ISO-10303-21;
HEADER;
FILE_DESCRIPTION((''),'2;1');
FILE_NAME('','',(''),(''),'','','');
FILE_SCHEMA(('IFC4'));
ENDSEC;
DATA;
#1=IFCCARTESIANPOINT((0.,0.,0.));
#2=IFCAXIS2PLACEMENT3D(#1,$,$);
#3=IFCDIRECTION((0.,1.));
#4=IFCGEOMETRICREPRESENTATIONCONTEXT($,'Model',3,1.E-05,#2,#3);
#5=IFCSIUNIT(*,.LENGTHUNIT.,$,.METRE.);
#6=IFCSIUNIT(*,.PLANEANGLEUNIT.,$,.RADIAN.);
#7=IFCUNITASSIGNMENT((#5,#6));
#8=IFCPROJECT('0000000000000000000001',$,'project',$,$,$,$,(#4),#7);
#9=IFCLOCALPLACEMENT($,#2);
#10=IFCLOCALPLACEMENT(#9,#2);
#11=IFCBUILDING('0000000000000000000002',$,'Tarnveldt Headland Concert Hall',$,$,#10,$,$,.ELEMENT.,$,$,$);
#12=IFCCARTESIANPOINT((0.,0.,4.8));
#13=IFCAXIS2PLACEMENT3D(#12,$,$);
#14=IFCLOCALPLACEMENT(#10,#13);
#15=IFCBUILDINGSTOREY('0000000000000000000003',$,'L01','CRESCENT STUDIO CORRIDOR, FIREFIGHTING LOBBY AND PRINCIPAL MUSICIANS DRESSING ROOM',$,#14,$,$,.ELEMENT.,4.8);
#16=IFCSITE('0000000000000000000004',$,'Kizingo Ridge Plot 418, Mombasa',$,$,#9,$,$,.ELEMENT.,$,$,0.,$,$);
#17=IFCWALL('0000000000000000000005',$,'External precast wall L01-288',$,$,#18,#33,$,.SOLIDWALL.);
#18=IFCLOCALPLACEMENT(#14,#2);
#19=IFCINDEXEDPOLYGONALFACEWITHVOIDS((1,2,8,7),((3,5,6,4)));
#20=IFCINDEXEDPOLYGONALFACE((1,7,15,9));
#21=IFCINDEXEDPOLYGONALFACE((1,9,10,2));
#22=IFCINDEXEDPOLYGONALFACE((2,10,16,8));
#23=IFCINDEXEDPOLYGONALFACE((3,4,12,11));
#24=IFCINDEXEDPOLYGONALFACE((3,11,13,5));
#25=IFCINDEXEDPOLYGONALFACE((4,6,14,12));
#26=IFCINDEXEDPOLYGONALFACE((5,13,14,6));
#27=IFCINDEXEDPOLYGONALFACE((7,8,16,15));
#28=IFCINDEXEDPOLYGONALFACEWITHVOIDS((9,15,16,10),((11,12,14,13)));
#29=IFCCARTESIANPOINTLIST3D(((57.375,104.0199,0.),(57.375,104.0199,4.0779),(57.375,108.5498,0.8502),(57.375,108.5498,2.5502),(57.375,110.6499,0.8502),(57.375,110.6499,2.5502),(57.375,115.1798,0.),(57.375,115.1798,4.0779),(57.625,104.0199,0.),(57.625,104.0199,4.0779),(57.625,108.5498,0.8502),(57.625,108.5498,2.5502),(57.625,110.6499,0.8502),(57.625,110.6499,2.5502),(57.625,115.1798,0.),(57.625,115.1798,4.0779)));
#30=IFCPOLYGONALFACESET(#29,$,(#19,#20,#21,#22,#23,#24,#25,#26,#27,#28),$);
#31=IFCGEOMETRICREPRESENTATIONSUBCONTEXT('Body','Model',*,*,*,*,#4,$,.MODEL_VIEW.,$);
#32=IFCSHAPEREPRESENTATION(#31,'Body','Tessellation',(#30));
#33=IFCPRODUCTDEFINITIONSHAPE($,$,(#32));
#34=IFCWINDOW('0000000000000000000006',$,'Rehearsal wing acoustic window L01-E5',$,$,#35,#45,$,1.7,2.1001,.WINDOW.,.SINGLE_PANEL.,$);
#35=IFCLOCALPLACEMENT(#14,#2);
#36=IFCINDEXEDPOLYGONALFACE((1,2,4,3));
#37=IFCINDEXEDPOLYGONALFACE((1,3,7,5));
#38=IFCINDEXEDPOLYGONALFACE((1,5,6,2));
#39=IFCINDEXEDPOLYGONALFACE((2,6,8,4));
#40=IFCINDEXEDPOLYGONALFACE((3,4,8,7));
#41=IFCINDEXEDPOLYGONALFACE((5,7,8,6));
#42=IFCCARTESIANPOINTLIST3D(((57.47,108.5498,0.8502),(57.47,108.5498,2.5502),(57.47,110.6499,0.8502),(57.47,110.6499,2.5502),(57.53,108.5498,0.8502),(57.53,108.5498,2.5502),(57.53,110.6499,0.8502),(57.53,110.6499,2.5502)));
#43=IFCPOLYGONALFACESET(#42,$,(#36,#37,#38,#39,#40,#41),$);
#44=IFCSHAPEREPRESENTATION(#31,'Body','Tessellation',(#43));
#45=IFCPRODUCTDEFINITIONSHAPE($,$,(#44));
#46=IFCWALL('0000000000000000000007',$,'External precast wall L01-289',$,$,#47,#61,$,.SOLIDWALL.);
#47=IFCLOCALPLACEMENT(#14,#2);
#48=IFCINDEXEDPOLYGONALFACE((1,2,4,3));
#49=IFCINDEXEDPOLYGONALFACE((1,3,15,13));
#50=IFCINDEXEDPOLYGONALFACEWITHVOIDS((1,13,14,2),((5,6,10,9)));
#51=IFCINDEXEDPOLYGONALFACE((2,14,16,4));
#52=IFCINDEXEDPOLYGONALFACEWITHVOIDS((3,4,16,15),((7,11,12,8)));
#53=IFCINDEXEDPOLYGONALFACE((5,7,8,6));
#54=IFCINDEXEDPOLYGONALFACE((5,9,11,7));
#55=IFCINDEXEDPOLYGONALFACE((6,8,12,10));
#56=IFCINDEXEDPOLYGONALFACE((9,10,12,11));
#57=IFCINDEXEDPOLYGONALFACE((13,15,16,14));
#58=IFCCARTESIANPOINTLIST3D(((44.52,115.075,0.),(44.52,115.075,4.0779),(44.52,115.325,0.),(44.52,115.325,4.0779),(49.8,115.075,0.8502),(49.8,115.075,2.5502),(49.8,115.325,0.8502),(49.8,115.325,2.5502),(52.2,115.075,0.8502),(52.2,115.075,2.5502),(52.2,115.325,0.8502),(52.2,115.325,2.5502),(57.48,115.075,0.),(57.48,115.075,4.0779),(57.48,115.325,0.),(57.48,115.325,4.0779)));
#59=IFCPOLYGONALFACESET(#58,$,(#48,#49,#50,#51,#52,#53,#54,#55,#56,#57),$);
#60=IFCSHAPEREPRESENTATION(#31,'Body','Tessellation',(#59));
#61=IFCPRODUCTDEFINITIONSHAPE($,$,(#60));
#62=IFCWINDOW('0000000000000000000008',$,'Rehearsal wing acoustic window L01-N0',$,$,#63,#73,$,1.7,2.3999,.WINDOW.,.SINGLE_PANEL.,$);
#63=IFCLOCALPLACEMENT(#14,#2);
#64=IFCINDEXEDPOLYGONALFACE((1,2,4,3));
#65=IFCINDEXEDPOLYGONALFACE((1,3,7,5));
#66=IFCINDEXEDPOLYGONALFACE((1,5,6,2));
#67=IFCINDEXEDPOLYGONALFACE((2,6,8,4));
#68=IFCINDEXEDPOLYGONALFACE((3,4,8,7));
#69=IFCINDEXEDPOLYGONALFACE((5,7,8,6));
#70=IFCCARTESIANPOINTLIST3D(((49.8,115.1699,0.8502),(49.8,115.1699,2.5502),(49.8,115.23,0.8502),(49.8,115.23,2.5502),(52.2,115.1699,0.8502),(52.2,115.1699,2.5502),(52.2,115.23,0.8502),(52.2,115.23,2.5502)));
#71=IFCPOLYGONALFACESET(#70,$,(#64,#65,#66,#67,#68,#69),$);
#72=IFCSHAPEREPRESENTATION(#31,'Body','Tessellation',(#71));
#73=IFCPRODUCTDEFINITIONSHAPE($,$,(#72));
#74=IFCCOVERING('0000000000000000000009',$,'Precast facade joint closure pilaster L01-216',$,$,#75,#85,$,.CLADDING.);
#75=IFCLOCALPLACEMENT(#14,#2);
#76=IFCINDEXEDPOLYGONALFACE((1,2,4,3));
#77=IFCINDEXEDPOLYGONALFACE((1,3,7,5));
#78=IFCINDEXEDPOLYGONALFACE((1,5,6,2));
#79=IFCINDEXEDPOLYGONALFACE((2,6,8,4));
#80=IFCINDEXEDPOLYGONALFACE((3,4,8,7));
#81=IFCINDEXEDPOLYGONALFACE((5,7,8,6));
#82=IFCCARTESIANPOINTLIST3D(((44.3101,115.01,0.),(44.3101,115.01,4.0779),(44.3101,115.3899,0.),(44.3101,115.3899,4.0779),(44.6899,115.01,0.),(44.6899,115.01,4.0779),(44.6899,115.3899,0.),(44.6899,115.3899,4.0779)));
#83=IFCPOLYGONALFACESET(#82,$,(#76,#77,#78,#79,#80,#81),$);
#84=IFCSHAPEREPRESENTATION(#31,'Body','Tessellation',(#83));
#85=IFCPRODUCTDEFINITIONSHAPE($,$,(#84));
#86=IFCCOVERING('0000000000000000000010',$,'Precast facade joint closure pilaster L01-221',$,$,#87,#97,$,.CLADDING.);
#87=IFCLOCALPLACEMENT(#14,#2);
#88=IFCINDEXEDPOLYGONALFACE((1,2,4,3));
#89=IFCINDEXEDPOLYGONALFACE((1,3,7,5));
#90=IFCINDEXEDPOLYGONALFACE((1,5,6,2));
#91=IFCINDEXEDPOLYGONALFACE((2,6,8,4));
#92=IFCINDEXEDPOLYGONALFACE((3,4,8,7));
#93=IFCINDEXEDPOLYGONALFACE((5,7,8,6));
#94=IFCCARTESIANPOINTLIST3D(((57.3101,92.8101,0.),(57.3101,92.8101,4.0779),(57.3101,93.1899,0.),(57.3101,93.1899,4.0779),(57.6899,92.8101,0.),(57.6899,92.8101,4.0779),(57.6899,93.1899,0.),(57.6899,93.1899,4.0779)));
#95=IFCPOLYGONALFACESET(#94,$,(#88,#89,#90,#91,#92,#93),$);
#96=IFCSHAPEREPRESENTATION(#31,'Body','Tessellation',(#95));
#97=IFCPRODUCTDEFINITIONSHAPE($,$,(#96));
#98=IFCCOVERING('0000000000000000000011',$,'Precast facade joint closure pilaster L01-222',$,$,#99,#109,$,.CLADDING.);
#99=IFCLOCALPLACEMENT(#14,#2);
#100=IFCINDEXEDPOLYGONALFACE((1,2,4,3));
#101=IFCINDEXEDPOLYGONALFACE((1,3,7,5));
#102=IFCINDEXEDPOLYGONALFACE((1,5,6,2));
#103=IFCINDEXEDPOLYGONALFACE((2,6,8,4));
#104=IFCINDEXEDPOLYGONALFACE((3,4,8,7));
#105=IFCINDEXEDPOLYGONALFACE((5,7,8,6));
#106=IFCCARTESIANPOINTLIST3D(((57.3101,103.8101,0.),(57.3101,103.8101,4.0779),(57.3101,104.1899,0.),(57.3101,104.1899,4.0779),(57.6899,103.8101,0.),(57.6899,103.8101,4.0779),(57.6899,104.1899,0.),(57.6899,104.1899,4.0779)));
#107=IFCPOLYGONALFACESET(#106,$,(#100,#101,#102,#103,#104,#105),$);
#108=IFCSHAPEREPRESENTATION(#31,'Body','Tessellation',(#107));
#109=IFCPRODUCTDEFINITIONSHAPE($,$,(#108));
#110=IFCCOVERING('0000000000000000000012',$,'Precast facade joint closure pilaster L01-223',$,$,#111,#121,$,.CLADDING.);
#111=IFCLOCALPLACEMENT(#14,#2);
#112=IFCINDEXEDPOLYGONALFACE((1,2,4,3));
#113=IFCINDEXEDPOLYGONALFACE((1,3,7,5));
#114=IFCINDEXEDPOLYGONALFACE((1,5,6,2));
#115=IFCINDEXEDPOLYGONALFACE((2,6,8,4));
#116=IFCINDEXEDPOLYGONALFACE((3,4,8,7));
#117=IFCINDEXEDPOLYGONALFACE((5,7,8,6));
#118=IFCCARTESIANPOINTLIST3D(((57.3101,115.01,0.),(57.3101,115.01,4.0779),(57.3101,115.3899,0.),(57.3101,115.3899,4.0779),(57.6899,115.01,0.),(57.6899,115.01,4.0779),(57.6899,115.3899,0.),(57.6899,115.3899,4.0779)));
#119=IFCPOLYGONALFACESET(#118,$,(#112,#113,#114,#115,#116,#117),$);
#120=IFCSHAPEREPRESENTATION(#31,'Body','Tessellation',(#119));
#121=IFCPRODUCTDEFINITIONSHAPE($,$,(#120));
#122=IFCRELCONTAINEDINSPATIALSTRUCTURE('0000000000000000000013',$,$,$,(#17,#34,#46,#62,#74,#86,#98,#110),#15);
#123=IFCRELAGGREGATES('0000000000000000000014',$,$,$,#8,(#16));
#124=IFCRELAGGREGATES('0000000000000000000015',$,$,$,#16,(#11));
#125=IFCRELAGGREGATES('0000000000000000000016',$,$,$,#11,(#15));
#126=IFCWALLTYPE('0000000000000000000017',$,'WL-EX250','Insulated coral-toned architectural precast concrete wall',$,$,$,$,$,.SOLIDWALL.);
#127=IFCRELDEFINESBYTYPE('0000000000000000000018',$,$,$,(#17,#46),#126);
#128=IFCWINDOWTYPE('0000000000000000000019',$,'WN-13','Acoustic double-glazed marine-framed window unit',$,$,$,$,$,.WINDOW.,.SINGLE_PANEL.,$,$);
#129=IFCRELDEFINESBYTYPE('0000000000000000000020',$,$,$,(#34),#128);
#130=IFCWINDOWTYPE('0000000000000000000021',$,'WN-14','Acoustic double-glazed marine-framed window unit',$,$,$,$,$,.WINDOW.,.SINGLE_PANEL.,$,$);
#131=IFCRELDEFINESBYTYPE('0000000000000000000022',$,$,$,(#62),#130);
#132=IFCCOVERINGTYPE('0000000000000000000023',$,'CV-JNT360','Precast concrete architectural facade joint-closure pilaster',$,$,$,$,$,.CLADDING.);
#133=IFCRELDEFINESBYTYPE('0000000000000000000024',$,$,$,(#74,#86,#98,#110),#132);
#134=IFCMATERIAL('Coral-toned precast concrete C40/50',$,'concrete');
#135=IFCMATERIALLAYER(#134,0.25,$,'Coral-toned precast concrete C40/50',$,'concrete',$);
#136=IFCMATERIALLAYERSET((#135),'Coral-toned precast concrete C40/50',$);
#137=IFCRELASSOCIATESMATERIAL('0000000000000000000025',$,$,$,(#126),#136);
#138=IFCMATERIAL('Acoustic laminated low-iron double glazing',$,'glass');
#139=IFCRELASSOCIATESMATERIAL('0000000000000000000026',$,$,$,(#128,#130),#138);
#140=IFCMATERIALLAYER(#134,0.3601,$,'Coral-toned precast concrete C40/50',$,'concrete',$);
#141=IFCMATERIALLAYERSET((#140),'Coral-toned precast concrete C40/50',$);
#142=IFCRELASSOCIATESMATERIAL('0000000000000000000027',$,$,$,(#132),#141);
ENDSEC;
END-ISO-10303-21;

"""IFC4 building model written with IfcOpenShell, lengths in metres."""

from ifc_helpers import new_model, si_unit, direction, frame, frame_2d, origin, origin_2d, place, context, subcontext, project, spatial, rectangle, extrude, material, layer, layer_set, type_object, element, fill, save


model = new_model("IFC4")

# Units and contexts
model_context = context("Model", 3, precision=1e-05, world=origin(), true_north=direction((0.0, 1.0)))
body_context = subcontext(model_context, "Body", "Model", "MODEL_VIEW")
ifc_project = project(units=[si_unit("LENGTHUNIT", "METRE"), si_unit("PLANEANGLEUNIT", "RADIAN")], contexts=[model_context])

# Site, building, storey
site_placement = place(None, origin())
site = spatial("IfcSite", under=ifc_project, at=site_placement, Name="Kizingo Ridge Plot 418, Mombasa", CompositionType="ELEMENT", RefElevation=0.0)
building_placement = place(site_placement, origin())
building = spatial("IfcBuilding", under=site, at=building_placement, Name="Tarnveldt Headland Concert Hall", CompositionType="ELEMENT")
storey_placement = place(building_placement, frame((0.0, 0.0, 4.8)))
storey = spatial("IfcBuildingStorey", under=building, at=storey_placement, Name="L01", Description="CRESCENT STUDIO CORRIDOR, FIREFIGHTING LOBBY AND PRINCIPAL MUSICIANS DRESSING ROOM", CompositionType="ELEMENT", Elevation=4.8)

# Walls, openings, windows
ifc_material_1 = material(Name="Coral-toned precast concrete C40/50", Category="concrete")
ifc_layer_1 = layer(ifc_material_1, 0.25, Name="Coral-toned precast concrete C40/50", Category="concrete")
ifc_layer_set_1 = layer_set([ifc_layer_1], Name="Coral-toned precast concrete C40/50")
wall_type = type_object("IfcWallType", Name="WL-EX250", Description="Insulated coral-toned architectural precast concrete wall", PredefinedType="SOLIDWALL", material=ifc_layer_set_1)
ifc_material_2 = material(Name="Acoustic laminated low-iron double glazing", Category="glass")
wall_1_placement = place(storey_placement, frame((57.5, 115.1799, 0.0), z_axis=(0.0, 0.0, 1.0), x_axis=(0.0, -1.0, 0.0)))
wall_1 = element("IfcWall", 1, at=wall_1_placement, inside=storey, type_object=wall_type, Name="External precast wall L01-288", PredefinedType="SOLIDWALL", context=body_context, shape_type="SweptSolid", body=[
    extrude(rectangle(XDim=11.1599, YDim=0.25, at=frame_2d((5.5801, 0.0))), origin(), (0.0, 0.0, 1.0), 4.0779),
])
opening_1_placement = place(wall_1_placement, frame((4.53, 0.0, 0.8501)))
opening_1 = element("IfcOpeningElement", 2, at=opening_1_placement, cuts=wall_1, PredefinedType="OPENING", context=body_context, shape_type="SweptSolid", body=[
    extrude(rectangle(XDim=2.1001, YDim=1.7, at=frame_2d((1.05, 0.8501))), frame((0.0, 0.135, 0.0), z_axis=(0.0, -1.0, 0.0), x_axis=(1.0, 0.0, 0.0)), (0.0, 0.0, 1.0), 0.27),
])
window_type_1 = type_object("IfcWindowType", Name="WN-13", Description="Acoustic double-glazed marine-framed window unit", PartitioningType="SINGLE_PANEL", PredefinedType="WINDOW", material=ifc_material_2)
window_1_placement = place(opening_1_placement, origin())
window_1 = element("IfcWindow", 3, at=window_1_placement, inside=storey, type_object=window_type_1, Name="Rehearsal wing acoustic window L01-E5", OverallHeight=1.7, OverallWidth=2.1001, PartitioningType="SINGLE_PANEL", PredefinedType="WINDOW", context=body_context, shape_type="SweptSolid", body=[
    extrude(rectangle(XDim=2.1001, YDim=1.7, at=frame_2d((1.05, 0.8501))), frame((0.0, 0.03, 0.0), z_axis=(0.0, -1.0, 0.0), x_axis=(1.0, 0.0, 0.0)), (0.0, 0.0, 1.0), 0.0601),
])
fill(opening_1, window_1)
wall_2_placement = place(storey_placement, frame((44.52, 115.2, 0.0), z_axis=(0.0, 0.0, 1.0), x_axis=(1.0, 0.0, 0.0)))
wall_2 = element("IfcWall", 4, at=wall_2_placement, inside=storey, type_object=wall_type, Name="External precast wall L01-289", PredefinedType="SOLIDWALL", context=body_context, shape_type="SweptSolid", body=[
    extrude(rectangle(XDim=12.96, YDim=0.25, at=frame_2d((6.48, 0.0))), origin(), (0.0, 0.0, 1.0), 4.0779),
])
opening_2_placement = place(wall_2_placement, frame((5.28, 0.0, 0.8501)))
opening_2 = element("IfcOpeningElement", 5, at=opening_2_placement, cuts=wall_2, PredefinedType="OPENING", context=body_context, shape_type="SweptSolid", body=[
    extrude(rectangle(XDim=2.3999, YDim=1.7, at=frame_2d((1.2, 0.8501))), frame((0.0, 0.135, 0.0), z_axis=(0.0, -1.0, 0.0), x_axis=(1.0, 0.0, 0.0)), (0.0, 0.0, 1.0), 0.27),
])
window_type_2 = type_object("IfcWindowType", Name="WN-14", Description="Acoustic double-glazed marine-framed window unit", PartitioningType="SINGLE_PANEL", PredefinedType="WINDOW", material=ifc_material_2)
window_2_placement = place(opening_2_placement, origin())
window_2 = element("IfcWindow", 6, at=window_2_placement, inside=storey, type_object=window_type_2, Name="Rehearsal wing acoustic window L01-N0", OverallHeight=1.7, OverallWidth=2.3999, PartitioningType="SINGLE_PANEL", PredefinedType="WINDOW", context=body_context, shape_type="SweptSolid", body=[
    extrude(rectangle(XDim=2.3999, YDim=1.7, at=frame_2d((1.2, 0.8501))), frame((0.0, 0.03, 0.0), z_axis=(0.0, -1.0, 0.0), x_axis=(1.0, 0.0, 0.0)), (0.0, 0.0, 1.0), 0.0601),
])
fill(opening_2, window_2)

# Coverings
ifc_layer_2 = layer(ifc_material_1, 0.3601, Name="Coral-toned precast concrete C40/50", Category="concrete")
ifc_layer_set_2 = layer_set([ifc_layer_2], Name="Coral-toned precast concrete C40/50")
covering_type = type_object("IfcCoveringType", Name="CV-JNT360", Description="Precast concrete architectural facade joint-closure pilaster", PredefinedType="CLADDING", material=ifc_layer_set_2)
for number, where, z_axis, x_axis, name in (
    (7, (44.5, 115.2, 0.0), (0.0, 0.0, 1.0), (1.0, 0.0, 0.0), "Precast facade joint closure pilaster L01-216"),
    (8, (57.5, 93.0, 0.0), (0.0, 0.0, 1.0), (0.0, -1.0, 0.0), "Precast facade joint closure pilaster L01-221"),
    (9, (57.5, 104.0, 0.0), (0.0, 0.0, 1.0), (0.0, -1.0, 0.0), "Precast facade joint closure pilaster L01-222"),
    (10, (57.5, 115.2, 0.0), (0.0, 0.0, 1.0), (0.0, -1.0, 0.0), "Precast facade joint closure pilaster L01-223"),
):
    element("IfcCovering", number, at=place(storey_placement, frame(where, z_axis=z_axis, x_axis=x_axis)), inside=storey, type_object=covering_type, Name=name, PredefinedType="CLADDING", context=body_context, shape_type="SweptSolid", body=[
        extrude(rectangle(XDim=0.3799, YDim=0.3799, at=origin_2d()), origin(), (0.0, 0.0, 1.0), 4.0779),
    ])

save(model, "model.ifc")
